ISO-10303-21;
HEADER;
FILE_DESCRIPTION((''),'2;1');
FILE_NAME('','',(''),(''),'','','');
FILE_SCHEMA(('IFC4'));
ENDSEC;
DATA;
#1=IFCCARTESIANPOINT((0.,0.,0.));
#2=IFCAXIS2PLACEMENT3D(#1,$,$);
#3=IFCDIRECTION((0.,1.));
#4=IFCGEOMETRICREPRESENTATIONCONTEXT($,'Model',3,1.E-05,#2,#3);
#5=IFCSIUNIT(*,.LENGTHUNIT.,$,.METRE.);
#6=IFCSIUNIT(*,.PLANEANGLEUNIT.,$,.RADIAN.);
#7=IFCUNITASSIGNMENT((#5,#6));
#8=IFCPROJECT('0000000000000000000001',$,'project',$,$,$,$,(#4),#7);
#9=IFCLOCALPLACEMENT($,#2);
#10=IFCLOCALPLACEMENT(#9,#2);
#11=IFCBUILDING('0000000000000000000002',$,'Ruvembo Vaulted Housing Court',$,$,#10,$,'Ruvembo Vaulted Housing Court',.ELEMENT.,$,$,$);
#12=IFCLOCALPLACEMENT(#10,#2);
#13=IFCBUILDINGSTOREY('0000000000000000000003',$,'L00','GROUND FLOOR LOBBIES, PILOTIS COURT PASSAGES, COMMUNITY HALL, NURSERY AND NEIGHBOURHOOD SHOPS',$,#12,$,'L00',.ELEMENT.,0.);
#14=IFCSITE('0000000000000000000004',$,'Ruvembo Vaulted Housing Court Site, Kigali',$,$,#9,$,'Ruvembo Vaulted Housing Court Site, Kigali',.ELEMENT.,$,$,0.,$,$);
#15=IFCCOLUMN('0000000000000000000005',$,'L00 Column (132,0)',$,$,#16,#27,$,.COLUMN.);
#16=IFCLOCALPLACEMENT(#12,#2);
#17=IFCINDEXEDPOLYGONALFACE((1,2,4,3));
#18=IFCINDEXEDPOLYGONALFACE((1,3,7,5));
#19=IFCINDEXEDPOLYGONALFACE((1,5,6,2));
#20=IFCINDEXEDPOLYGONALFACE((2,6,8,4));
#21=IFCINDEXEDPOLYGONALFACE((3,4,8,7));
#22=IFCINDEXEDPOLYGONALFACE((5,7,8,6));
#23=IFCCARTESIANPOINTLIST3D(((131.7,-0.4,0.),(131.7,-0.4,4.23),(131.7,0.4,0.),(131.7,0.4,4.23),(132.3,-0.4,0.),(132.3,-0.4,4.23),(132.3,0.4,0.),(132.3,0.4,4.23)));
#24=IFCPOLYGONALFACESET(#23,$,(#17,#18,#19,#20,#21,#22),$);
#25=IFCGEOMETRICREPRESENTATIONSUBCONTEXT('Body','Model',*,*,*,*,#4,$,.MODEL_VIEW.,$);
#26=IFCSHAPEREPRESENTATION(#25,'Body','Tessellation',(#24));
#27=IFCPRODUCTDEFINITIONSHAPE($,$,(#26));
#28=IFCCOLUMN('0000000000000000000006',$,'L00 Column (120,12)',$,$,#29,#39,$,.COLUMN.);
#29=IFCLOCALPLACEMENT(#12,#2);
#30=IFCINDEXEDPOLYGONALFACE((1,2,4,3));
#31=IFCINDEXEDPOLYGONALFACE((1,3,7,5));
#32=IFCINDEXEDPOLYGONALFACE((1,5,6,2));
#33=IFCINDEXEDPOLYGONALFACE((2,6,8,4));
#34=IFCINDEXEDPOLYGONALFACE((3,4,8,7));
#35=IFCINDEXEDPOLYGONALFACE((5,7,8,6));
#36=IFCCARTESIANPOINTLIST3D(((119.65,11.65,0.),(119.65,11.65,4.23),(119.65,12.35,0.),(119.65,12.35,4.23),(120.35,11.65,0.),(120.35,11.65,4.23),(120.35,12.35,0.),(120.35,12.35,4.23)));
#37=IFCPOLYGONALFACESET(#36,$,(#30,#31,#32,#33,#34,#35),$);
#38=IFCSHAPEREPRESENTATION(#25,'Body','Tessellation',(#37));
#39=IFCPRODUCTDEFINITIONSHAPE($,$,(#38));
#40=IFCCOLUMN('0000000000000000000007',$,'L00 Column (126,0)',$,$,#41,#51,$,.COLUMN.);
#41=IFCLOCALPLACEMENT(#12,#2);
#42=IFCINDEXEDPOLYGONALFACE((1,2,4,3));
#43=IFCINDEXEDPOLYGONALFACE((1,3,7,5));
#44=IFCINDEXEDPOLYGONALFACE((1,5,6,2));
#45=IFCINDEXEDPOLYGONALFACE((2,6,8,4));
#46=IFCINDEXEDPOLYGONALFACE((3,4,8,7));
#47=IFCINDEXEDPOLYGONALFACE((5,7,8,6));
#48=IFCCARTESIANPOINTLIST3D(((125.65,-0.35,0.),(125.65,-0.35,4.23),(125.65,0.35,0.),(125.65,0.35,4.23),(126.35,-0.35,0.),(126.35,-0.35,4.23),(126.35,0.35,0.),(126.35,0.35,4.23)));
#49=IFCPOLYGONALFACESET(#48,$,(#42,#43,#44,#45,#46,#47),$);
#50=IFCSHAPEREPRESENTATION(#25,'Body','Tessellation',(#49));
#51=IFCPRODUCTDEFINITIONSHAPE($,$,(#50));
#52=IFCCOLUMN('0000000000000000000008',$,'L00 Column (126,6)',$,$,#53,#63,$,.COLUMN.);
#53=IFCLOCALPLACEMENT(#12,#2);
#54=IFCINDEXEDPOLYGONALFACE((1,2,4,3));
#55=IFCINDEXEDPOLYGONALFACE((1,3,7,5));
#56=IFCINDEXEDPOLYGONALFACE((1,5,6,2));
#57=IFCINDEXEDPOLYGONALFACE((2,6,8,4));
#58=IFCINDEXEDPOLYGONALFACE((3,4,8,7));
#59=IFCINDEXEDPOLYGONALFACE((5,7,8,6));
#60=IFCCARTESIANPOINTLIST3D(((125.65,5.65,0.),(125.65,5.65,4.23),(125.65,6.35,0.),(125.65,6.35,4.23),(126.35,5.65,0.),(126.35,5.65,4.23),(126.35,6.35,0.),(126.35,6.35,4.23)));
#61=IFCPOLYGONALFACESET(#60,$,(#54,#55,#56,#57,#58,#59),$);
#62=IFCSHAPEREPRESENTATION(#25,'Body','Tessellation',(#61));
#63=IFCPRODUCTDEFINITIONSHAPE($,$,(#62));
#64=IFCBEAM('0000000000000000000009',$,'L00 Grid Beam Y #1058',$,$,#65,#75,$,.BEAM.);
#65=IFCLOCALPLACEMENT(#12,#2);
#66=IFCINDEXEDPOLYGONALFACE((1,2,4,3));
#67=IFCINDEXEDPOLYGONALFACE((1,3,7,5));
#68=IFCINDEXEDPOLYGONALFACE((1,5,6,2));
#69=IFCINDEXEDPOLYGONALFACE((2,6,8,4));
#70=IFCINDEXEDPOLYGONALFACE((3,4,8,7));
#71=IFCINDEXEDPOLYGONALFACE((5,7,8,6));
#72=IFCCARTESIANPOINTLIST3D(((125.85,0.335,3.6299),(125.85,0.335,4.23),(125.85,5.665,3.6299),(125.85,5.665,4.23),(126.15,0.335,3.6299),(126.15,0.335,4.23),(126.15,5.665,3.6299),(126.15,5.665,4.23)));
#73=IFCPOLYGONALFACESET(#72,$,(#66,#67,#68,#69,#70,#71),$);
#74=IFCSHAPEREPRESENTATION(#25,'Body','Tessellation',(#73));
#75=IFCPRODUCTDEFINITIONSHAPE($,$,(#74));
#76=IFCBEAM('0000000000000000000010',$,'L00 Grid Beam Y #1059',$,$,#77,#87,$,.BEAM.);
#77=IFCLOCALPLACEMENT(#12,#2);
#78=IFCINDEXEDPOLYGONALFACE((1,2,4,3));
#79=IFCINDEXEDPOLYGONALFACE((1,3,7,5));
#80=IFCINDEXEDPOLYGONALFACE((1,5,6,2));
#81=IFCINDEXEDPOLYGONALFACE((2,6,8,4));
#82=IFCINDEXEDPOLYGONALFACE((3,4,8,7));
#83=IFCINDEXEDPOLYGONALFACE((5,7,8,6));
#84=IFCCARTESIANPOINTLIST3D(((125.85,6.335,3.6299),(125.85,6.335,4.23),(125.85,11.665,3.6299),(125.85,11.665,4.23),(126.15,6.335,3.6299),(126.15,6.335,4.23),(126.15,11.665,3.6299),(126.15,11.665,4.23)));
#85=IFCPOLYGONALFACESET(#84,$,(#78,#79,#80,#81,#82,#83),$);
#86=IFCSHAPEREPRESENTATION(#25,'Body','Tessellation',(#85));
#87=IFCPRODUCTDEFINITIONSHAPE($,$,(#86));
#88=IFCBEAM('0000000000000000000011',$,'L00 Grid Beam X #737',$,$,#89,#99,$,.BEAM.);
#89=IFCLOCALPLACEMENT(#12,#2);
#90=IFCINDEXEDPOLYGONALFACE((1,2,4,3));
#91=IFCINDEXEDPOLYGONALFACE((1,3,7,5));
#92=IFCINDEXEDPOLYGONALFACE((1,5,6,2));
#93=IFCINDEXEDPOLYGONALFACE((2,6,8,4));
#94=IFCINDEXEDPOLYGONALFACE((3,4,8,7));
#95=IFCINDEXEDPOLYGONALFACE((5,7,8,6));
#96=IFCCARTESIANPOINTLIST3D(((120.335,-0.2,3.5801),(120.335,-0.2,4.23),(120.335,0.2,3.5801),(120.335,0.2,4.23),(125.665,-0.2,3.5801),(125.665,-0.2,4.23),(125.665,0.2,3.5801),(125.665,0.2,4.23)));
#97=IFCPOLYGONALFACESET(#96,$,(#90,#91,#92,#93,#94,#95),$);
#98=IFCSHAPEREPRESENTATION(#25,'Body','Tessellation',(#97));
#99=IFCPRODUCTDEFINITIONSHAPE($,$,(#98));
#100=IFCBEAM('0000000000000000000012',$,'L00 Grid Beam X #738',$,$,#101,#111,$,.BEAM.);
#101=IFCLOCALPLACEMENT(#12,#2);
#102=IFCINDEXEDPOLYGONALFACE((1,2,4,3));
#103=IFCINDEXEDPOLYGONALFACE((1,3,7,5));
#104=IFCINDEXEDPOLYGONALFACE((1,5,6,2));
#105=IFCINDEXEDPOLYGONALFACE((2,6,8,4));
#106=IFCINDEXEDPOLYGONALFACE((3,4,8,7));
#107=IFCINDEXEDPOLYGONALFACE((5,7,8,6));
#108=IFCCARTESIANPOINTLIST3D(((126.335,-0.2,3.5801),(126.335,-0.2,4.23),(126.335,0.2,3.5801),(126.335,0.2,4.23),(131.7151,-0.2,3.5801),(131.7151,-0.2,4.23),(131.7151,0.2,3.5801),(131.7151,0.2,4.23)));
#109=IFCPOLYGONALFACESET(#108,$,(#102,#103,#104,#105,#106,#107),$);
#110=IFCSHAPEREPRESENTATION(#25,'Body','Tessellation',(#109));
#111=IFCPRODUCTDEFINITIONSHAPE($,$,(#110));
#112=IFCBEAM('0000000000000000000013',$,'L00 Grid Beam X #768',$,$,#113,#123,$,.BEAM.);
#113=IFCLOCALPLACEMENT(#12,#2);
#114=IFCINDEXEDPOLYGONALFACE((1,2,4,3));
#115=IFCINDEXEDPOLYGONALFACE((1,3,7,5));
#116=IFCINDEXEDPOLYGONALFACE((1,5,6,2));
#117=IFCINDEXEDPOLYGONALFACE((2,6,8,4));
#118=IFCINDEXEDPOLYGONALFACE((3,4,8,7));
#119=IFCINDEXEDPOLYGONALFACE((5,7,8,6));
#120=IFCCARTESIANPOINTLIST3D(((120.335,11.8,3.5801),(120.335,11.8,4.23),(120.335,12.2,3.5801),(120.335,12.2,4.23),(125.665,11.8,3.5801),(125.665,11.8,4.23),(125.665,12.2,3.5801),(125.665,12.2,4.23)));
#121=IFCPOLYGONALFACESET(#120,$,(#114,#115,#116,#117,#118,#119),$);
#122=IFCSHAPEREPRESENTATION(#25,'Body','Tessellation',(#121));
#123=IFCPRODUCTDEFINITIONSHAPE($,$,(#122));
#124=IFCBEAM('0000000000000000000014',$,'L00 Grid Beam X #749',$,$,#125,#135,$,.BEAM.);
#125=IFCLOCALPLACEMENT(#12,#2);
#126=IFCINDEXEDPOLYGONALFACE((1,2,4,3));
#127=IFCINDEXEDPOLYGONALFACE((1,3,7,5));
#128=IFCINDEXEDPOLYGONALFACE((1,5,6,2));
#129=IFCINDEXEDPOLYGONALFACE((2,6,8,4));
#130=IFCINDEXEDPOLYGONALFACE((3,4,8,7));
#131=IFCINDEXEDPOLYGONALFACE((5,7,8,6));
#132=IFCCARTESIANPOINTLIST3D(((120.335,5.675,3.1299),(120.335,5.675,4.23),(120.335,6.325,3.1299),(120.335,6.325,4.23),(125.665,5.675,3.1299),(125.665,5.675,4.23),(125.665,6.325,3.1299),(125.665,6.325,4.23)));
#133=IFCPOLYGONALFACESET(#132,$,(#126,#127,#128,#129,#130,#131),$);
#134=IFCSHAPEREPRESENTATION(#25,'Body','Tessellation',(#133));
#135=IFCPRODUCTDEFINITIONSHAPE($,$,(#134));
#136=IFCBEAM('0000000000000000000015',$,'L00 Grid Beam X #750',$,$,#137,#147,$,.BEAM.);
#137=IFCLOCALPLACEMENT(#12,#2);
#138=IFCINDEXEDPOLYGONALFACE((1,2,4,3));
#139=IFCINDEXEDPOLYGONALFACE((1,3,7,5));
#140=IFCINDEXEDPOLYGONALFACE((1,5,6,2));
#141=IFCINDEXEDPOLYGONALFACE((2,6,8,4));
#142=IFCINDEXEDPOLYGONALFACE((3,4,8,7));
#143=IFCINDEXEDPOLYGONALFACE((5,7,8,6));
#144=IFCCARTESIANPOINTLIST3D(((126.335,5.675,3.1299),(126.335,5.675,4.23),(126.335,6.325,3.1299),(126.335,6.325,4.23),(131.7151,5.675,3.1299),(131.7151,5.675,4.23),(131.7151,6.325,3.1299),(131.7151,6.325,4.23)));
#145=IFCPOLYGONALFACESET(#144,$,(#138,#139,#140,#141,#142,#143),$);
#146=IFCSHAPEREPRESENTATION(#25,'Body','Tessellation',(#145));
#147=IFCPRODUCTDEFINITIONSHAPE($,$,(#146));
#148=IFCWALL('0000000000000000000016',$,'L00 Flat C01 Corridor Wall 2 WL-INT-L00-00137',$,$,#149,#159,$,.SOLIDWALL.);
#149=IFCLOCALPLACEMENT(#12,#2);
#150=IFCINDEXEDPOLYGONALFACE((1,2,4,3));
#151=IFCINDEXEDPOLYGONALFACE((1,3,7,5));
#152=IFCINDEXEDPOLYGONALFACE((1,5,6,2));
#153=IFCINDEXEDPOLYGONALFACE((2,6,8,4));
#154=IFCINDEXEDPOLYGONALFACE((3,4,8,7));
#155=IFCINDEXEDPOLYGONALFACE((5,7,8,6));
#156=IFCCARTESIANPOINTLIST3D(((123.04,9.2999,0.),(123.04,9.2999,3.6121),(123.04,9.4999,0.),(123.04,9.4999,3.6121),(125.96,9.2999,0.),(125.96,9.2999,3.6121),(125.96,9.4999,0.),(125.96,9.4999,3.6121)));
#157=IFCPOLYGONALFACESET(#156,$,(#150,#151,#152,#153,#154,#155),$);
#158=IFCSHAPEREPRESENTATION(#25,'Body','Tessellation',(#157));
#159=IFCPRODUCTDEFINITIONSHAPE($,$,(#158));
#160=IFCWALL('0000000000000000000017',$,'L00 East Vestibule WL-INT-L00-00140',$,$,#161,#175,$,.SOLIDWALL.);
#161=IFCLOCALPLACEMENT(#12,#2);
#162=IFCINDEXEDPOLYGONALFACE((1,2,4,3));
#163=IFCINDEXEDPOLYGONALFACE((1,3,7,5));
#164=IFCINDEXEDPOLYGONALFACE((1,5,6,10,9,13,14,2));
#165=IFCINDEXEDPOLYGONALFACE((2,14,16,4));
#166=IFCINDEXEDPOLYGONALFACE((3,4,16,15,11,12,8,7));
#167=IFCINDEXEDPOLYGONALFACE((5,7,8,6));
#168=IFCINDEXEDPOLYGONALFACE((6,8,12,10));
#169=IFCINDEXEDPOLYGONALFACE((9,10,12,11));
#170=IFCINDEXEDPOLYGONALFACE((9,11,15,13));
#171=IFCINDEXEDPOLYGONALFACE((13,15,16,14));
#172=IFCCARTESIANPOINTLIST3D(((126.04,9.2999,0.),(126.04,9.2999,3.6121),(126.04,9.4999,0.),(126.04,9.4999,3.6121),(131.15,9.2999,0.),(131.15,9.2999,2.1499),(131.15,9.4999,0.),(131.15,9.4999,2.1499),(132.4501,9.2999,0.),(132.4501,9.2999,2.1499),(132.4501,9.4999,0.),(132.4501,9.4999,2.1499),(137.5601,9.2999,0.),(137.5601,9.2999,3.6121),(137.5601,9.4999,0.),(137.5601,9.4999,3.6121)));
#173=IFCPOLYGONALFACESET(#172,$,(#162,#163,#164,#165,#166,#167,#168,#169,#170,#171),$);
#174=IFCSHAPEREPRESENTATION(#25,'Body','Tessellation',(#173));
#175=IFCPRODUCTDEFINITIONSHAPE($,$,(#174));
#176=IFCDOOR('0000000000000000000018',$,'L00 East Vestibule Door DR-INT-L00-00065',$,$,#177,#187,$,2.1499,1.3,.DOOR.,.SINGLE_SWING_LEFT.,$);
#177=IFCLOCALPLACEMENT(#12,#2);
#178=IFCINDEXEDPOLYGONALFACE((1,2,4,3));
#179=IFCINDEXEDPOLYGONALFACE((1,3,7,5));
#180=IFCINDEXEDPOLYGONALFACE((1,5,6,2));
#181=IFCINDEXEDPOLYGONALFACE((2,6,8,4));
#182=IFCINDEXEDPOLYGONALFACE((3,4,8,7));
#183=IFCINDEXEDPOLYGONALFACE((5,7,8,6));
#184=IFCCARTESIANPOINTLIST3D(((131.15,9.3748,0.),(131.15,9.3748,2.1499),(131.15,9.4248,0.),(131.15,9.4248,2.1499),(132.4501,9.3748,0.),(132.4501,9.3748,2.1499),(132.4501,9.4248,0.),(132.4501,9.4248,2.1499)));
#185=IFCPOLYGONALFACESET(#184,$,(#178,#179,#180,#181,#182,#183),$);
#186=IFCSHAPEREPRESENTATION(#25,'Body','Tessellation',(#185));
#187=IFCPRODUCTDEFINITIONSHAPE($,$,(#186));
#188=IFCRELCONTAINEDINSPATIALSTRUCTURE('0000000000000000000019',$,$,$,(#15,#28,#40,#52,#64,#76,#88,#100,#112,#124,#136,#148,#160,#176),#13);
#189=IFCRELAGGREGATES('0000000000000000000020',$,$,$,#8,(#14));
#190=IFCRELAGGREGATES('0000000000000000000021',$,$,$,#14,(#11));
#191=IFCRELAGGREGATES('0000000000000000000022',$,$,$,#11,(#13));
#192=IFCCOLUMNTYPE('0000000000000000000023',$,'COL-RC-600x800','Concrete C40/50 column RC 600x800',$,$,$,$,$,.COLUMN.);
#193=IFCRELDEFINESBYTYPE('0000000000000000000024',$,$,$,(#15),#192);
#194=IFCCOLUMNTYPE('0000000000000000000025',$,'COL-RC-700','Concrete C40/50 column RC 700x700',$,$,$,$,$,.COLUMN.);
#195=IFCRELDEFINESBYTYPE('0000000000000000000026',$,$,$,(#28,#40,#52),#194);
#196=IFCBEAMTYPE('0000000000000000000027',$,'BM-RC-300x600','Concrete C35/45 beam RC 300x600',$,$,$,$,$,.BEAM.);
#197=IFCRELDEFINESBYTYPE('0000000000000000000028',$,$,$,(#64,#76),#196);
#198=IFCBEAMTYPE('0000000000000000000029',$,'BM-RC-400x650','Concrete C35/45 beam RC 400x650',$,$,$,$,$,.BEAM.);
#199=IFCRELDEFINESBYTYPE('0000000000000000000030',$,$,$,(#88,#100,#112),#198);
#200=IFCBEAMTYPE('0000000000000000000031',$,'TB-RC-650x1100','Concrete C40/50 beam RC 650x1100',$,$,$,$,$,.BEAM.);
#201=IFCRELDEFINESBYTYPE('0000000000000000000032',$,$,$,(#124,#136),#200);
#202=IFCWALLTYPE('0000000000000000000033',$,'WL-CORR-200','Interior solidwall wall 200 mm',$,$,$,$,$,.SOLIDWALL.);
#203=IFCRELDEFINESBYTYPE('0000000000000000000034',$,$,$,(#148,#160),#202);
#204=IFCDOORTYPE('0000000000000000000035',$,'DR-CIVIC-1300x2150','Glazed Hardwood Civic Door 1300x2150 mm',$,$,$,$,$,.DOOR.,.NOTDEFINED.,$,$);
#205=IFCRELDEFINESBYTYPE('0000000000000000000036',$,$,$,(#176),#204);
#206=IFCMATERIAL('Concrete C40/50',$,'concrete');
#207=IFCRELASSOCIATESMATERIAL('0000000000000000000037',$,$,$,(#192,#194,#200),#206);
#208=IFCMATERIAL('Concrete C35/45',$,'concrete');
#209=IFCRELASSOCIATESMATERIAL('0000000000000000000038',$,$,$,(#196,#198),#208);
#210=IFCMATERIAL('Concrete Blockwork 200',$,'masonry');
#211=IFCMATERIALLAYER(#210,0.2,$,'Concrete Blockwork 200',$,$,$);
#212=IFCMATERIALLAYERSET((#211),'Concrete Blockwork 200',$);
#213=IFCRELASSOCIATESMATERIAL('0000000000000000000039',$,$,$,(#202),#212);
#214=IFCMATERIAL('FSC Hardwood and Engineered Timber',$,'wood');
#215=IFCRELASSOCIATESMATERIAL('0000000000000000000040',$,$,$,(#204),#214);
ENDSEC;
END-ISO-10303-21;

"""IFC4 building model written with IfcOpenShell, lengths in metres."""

from ifc_helpers import new_model, si_unit, direction, frame, frame_2d, origin, origin_2d, place, context, subcontext, project, spatial, rectangle, extrude, material, layer, layer_set, material_profile, profile_set, type_object, element, fill, save


model = new_model("IFC4")

# Units and contexts
model_context = context("Model", 3, precision=1e-05, world=origin(), true_north=direction((0.0, 1.0)))
body_context = subcontext(model_context, "Body", "Model", "MODEL_VIEW")
ifc_project = project(units=[si_unit("LENGTHUNIT", "METRE"), si_unit("PLANEANGLEUNIT", "RADIAN")], contexts=[model_context])

# Site, building, storey
site_placement = place(None, origin())
site = spatial("IfcSite", under=ifc_project, at=site_placement, Name="Ruvembo Vaulted Housing Court Site, Kigali", LongName="Ruvembo Vaulted Housing Court Site, Kigali", CompositionType="ELEMENT", RefElevation=0.0)
building_placement = place(site_placement, origin())
building = spatial("IfcBuilding", under=site, at=building_placement, Name="Ruvembo Vaulted Housing Court", LongName="Ruvembo Vaulted Housing Court", CompositionType="ELEMENT")
storey_placement = place(building_placement, origin())
storey = spatial("IfcBuildingStorey", under=building, at=storey_placement, Name="L00", Description="GROUND FLOOR LOBBIES, PILOTIS COURT PASSAGES, COMMUNITY HALL, NURSERY AND NEIGHBOURHOOD SHOPS", LongName="L00", CompositionType="ELEMENT", Elevation=0.0)

# Columns
ifc_material_1 = material(Name="Concrete C40/50", Category="concrete")
ifc_material_profile_1 = material_profile(ifc_material_1, rectangle(XDim=0.6001, YDim=0.8, at=origin_2d()), Name="RC 600x800")
ifc_profile_set_1 = profile_set([ifc_material_profile_1], Name="Concrete C40/50")
column_type_1 = type_object("IfcColumnType", Name="COL-RC-600x800", Description="Concrete C40/50 column RC 600x800", PredefinedType="COLUMN", material=ifc_profile_set_1)
column_placement = place(storey_placement, frame((132.0, 0.0, 0.0), z_axis=(0.0, 0.0, 1.0), x_axis=(1.0, 0.0, 0.0)))
element("IfcColumn", 1, at=column_placement, inside=storey, type_object=column_type_1, Name="L00 Column (132,0)", PredefinedType="COLUMN", context=body_context, shape_type="SweptSolid", body=[
    extrude(rectangle(XDim=0.6001, YDim=0.8, at=origin_2d()), origin(), (0.0, 0.0, 1.0), 4.23),
])
ifc_material_profile_2 = material_profile(ifc_material_1, rectangle(XDim=0.7, YDim=0.7, at=origin_2d()), Name="RC 700x700")
ifc_profile_set_2 = profile_set([ifc_material_profile_2], Name="Concrete C40/50")
column_type_2 = type_object("IfcColumnType", Name="COL-RC-700", Description="Concrete C40/50 column RC 700x700", PredefinedType="COLUMN", material=ifc_profile_set_2)
for number, where, z_axis, x_axis, name in (
    (2, (120.0, 12.0, 0.0), (0.0, 0.0, 1.0), (1.0, 0.0, 0.0), "L00 Column (120,12)"),
    (3, (126.0, 0.0, 0.0), (0.0, 0.0, 1.0), (1.0, 0.0, 0.0), "L00 Column (126,0)"),
    (4, (126.0, 6.0, 0.0), (0.0, 0.0, 1.0), (1.0, 0.0, 0.0), "L00 Column (126,6)"),
):
    element("IfcColumn", number, at=place(storey_placement, frame(where, z_axis=z_axis, x_axis=x_axis)), inside=storey, type_object=column_type_2, Name=name, PredefinedType="COLUMN", context=body_context, shape_type="SweptSolid", body=[
        extrude(rectangle(XDim=0.7, YDim=0.7, at=origin_2d()), origin(), (0.0, 0.0, 1.0), 4.23),
    ])

# Beams
ifc_material_2 = material(Name="Concrete C35/45", Category="concrete")
ifc_material_profile_3 = material_profile(ifc_material_2, rectangle(XDim=0.3, YDim=0.6001, at=origin_2d()), Name="RC 300x600")
ifc_profile_set_3 = profile_set([ifc_material_profile_3], Name="Concrete C35/45")
beam_type_1 = type_object("IfcBeamType", Name="BM-RC-300x600", Description="Concrete C35/45 beam RC 300x600", PredefinedType="BEAM", material=ifc_profile_set_3)
for number, where, z_axis, x_axis, name in (
    (5, (126.0, 0.335, 3.9299), (0.0, 1.0, 0.0), (-1.0, 0.0, 0.0), "L00 Grid Beam Y #1058"),
    (6, (126.0, 6.335, 3.9299), (0.0, 1.0, 0.0), (-1.0, 0.0, 0.0), "L00 Grid Beam Y #1059"),
):
    element("IfcBeam", number, at=place(storey_placement, frame(where, z_axis=z_axis, x_axis=x_axis)), inside=storey, type_object=beam_type_1, Name=name, PredefinedType="BEAM", context=body_context, shape_type="SweptSolid", body=[
        extrude(rectangle(XDim=0.3, YDim=0.6001, at=origin_2d()), origin(), (0.0, 0.0, 1.0), 5.3301),
    ])
ifc_material_profile_4 = material_profile(ifc_material_2, rectangle(XDim=0.3999, YDim=0.6499, at=origin_2d()), Name="RC 400x650")
ifc_profile_set_4 = profile_set([ifc_material_profile_4], Name="Concrete C35/45")
beam_type_2 = type_object("IfcBeamType", Name="BM-RC-400x650", Description="Concrete C35/45 beam RC 400x650", PredefinedType="BEAM", material=ifc_profile_set_4)
beam_1_placement = place(storey_placement, frame((120.335, 0.0, 3.905), z_axis=(1.0, 0.0, 0.0), x_axis=(0.0, 1.0, 0.0)))
element("IfcBeam", 7, at=beam_1_placement, inside=storey, type_object=beam_type_2, Name="L00 Grid Beam X #737", PredefinedType="BEAM", context=body_context, shape_type="SweptSolid", body=[
    extrude(rectangle(XDim=0.3999, YDim=0.6499, at=origin_2d()), origin(), (0.0, 0.0, 1.0), 5.3301),
])
beam_2_placement = place(storey_placement, frame((126.335, 0.0, 3.905), z_axis=(1.0, 0.0, 0.0), x_axis=(0.0, 1.0, 0.0)))
element("IfcBeam", 8, at=beam_2_placement, inside=storey, type_object=beam_type_2, Name="L00 Grid Beam X #738", PredefinedType="BEAM", context=body_context, shape_type="SweptSolid", body=[
    extrude(rectangle(XDim=0.3999, YDim=0.6499, at=origin_2d()), origin(), (0.0, 0.0, 1.0), 5.3801),
])
beam_3_placement = place(storey_placement, frame((120.335, 12.0, 3.905), z_axis=(1.0, 0.0, 0.0), x_axis=(0.0, 1.0, 0.0)))
element("IfcBeam", 9, at=beam_3_placement, inside=storey, type_object=beam_type_2, Name="L00 Grid Beam X #768", PredefinedType="BEAM", context=body_context, shape_type="SweptSolid", body=[
    extrude(rectangle(XDim=0.3999, YDim=0.6499, at=origin_2d()), origin(), (0.0, 0.0, 1.0), 5.3301),
])
ifc_material_profile_5 = material_profile(ifc_material_1, rectangle(XDim=0.6499, YDim=1.1001, at=origin_2d()), Name="RC 650x1100")
ifc_profile_set_5 = profile_set([ifc_material_profile_5], Name="Concrete C40/50")
beam_type_3 = type_object("IfcBeamType", Name="TB-RC-650x1100", Description="Concrete C40/50 beam RC 650x1100", PredefinedType="BEAM", material=ifc_profile_set_5)
beam_4_placement = place(storey_placement, frame((120.335, 6.0, 3.6799), z_axis=(1.0, 0.0, 0.0), x_axis=(0.0, 1.0, 0.0)))
element("IfcBeam", 10, at=beam_4_placement, inside=storey, type_object=beam_type_3, Name="L00 Grid Beam X #749", PredefinedType="BEAM", context=body_context, shape_type="SweptSolid", body=[
    extrude(rectangle(XDim=0.6499, YDim=1.1001, at=origin_2d()), origin(), (0.0, 0.0, 1.0), 5.3301),
])
beam_5_placement = place(storey_placement, frame((126.335, 6.0, 3.6799), z_axis=(1.0, 0.0, 0.0), x_axis=(0.0, 1.0, 0.0)))
element("IfcBeam", 11, at=beam_5_placement, inside=storey, type_object=beam_type_3, Name="L00 Grid Beam X #750", PredefinedType="BEAM", context=body_context, shape_type="SweptSolid", body=[
    extrude(rectangle(XDim=0.6499, YDim=1.1001, at=origin_2d()), origin(), (0.0, 0.0, 1.0), 5.3801),
])

# Wall
ifc_material_3 = material(Name="Concrete Blockwork 200", Category="masonry")
ifc_layer_1 = layer(ifc_material_3, 0.2, Name="Concrete Blockwork 200")
ifc_layer_set_1 = layer_set([ifc_layer_1], Name="Concrete Blockwork 200")
wall_type_1 = type_object("IfcWallType", Name="WL-CORR-200", Description="Interior solidwall wall 200 mm", PredefinedType="SOLIDWALL", material=ifc_layer_set_1)
wall_1_placement = place(storey_placement, frame((123.04, 9.3999, 0.0), z_axis=(0.0, 0.0, 1.0), x_axis=(1.0, 0.0, 0.0)))
element("IfcWall", 12, at=wall_1_placement, inside=storey, type_object=wall_type_1, Name="L00 Flat C01 Corridor Wall 2 WL-INT-L00-00137", PredefinedType="SOLIDWALL", context=body_context, shape_type="SweptSolid", body=[
    extrude(rectangle(XDim=2.9199, YDim=0.2, at=frame_2d((1.46, 0.0))), origin(), (0.0, 0.0, 1.0), 3.6121),
])

# Wall, opening, door
wall_2_placement = place(storey_placement, frame((126.04, 9.3999, 0.0), z_axis=(0.0, 0.0, 1.0), x_axis=(1.0, 0.0, 0.0)))
wall_2 = element("IfcWall", 13, at=wall_2_placement, inside=storey, type_object=wall_type_1, Name="L00 East Vestibule WL-INT-L00-00140", PredefinedType="SOLIDWALL", context=body_context, shape_type="SweptSolid", body=[
    extrude(rectangle(XDim=11.52, YDim=0.2, at=frame_2d((5.76, 0.0))), origin(), (0.0, 0.0, 1.0), 3.6121),
])
opening_1_placement = place(wall_2_placement, frame((5.1101, 0.0, 0.0)))
opening_1 = element("IfcOpeningElement", 14, at=opening_1_placement, cuts=wall_2, PredefinedType="OPENING", context=body_context, shape_type="SweptSolid", body=[
    extrude(rectangle(XDim=1.3, YDim=2.1499, at=frame_2d((0.6499, 1.075))), frame((0.0, 0.1099, 0.0), z_axis=(0.0, -1.0, 0.0), x_axis=(1.0, 0.0, 0.0)), (0.0, 0.0, 1.0), 0.22),
])
ifc_material_4 = material(Name="FSC Hardwood and Engineered Timber", Category="wood")
door_type_1 = type_object("IfcDoorType", Name="DR-CIVIC-1300x2150", Description="Glazed Hardwood Civic Door 1300x2150 mm", OperationType="NOTDEFINED", PredefinedType="DOOR", material=ifc_material_4)
door_1_placement = place(opening_1_placement, origin())
door_1 = element("IfcDoor", 15, at=door_1_placement, inside=storey, type_object=door_type_1, Name="L00 East Vestibule Door DR-INT-L00-00065", OperationType="SINGLE_SWING_LEFT", OverallHeight=2.1499, OverallWidth=1.3, PredefinedType="DOOR", context=body_context, shape_type="SweptSolid", body=[
    extrude(rectangle(XDim=1.3, YDim=2.1499, at=frame_2d((0.6499, 1.075))), frame((0.0, 0.0249, 0.0), z_axis=(0.0, -1.0, 0.0), x_axis=(1.0, 0.0, 0.0)), (0.0, 0.0, 1.0), 0.05),
])
fill(opening_1, door_1)

save(model, "model.ifc")
